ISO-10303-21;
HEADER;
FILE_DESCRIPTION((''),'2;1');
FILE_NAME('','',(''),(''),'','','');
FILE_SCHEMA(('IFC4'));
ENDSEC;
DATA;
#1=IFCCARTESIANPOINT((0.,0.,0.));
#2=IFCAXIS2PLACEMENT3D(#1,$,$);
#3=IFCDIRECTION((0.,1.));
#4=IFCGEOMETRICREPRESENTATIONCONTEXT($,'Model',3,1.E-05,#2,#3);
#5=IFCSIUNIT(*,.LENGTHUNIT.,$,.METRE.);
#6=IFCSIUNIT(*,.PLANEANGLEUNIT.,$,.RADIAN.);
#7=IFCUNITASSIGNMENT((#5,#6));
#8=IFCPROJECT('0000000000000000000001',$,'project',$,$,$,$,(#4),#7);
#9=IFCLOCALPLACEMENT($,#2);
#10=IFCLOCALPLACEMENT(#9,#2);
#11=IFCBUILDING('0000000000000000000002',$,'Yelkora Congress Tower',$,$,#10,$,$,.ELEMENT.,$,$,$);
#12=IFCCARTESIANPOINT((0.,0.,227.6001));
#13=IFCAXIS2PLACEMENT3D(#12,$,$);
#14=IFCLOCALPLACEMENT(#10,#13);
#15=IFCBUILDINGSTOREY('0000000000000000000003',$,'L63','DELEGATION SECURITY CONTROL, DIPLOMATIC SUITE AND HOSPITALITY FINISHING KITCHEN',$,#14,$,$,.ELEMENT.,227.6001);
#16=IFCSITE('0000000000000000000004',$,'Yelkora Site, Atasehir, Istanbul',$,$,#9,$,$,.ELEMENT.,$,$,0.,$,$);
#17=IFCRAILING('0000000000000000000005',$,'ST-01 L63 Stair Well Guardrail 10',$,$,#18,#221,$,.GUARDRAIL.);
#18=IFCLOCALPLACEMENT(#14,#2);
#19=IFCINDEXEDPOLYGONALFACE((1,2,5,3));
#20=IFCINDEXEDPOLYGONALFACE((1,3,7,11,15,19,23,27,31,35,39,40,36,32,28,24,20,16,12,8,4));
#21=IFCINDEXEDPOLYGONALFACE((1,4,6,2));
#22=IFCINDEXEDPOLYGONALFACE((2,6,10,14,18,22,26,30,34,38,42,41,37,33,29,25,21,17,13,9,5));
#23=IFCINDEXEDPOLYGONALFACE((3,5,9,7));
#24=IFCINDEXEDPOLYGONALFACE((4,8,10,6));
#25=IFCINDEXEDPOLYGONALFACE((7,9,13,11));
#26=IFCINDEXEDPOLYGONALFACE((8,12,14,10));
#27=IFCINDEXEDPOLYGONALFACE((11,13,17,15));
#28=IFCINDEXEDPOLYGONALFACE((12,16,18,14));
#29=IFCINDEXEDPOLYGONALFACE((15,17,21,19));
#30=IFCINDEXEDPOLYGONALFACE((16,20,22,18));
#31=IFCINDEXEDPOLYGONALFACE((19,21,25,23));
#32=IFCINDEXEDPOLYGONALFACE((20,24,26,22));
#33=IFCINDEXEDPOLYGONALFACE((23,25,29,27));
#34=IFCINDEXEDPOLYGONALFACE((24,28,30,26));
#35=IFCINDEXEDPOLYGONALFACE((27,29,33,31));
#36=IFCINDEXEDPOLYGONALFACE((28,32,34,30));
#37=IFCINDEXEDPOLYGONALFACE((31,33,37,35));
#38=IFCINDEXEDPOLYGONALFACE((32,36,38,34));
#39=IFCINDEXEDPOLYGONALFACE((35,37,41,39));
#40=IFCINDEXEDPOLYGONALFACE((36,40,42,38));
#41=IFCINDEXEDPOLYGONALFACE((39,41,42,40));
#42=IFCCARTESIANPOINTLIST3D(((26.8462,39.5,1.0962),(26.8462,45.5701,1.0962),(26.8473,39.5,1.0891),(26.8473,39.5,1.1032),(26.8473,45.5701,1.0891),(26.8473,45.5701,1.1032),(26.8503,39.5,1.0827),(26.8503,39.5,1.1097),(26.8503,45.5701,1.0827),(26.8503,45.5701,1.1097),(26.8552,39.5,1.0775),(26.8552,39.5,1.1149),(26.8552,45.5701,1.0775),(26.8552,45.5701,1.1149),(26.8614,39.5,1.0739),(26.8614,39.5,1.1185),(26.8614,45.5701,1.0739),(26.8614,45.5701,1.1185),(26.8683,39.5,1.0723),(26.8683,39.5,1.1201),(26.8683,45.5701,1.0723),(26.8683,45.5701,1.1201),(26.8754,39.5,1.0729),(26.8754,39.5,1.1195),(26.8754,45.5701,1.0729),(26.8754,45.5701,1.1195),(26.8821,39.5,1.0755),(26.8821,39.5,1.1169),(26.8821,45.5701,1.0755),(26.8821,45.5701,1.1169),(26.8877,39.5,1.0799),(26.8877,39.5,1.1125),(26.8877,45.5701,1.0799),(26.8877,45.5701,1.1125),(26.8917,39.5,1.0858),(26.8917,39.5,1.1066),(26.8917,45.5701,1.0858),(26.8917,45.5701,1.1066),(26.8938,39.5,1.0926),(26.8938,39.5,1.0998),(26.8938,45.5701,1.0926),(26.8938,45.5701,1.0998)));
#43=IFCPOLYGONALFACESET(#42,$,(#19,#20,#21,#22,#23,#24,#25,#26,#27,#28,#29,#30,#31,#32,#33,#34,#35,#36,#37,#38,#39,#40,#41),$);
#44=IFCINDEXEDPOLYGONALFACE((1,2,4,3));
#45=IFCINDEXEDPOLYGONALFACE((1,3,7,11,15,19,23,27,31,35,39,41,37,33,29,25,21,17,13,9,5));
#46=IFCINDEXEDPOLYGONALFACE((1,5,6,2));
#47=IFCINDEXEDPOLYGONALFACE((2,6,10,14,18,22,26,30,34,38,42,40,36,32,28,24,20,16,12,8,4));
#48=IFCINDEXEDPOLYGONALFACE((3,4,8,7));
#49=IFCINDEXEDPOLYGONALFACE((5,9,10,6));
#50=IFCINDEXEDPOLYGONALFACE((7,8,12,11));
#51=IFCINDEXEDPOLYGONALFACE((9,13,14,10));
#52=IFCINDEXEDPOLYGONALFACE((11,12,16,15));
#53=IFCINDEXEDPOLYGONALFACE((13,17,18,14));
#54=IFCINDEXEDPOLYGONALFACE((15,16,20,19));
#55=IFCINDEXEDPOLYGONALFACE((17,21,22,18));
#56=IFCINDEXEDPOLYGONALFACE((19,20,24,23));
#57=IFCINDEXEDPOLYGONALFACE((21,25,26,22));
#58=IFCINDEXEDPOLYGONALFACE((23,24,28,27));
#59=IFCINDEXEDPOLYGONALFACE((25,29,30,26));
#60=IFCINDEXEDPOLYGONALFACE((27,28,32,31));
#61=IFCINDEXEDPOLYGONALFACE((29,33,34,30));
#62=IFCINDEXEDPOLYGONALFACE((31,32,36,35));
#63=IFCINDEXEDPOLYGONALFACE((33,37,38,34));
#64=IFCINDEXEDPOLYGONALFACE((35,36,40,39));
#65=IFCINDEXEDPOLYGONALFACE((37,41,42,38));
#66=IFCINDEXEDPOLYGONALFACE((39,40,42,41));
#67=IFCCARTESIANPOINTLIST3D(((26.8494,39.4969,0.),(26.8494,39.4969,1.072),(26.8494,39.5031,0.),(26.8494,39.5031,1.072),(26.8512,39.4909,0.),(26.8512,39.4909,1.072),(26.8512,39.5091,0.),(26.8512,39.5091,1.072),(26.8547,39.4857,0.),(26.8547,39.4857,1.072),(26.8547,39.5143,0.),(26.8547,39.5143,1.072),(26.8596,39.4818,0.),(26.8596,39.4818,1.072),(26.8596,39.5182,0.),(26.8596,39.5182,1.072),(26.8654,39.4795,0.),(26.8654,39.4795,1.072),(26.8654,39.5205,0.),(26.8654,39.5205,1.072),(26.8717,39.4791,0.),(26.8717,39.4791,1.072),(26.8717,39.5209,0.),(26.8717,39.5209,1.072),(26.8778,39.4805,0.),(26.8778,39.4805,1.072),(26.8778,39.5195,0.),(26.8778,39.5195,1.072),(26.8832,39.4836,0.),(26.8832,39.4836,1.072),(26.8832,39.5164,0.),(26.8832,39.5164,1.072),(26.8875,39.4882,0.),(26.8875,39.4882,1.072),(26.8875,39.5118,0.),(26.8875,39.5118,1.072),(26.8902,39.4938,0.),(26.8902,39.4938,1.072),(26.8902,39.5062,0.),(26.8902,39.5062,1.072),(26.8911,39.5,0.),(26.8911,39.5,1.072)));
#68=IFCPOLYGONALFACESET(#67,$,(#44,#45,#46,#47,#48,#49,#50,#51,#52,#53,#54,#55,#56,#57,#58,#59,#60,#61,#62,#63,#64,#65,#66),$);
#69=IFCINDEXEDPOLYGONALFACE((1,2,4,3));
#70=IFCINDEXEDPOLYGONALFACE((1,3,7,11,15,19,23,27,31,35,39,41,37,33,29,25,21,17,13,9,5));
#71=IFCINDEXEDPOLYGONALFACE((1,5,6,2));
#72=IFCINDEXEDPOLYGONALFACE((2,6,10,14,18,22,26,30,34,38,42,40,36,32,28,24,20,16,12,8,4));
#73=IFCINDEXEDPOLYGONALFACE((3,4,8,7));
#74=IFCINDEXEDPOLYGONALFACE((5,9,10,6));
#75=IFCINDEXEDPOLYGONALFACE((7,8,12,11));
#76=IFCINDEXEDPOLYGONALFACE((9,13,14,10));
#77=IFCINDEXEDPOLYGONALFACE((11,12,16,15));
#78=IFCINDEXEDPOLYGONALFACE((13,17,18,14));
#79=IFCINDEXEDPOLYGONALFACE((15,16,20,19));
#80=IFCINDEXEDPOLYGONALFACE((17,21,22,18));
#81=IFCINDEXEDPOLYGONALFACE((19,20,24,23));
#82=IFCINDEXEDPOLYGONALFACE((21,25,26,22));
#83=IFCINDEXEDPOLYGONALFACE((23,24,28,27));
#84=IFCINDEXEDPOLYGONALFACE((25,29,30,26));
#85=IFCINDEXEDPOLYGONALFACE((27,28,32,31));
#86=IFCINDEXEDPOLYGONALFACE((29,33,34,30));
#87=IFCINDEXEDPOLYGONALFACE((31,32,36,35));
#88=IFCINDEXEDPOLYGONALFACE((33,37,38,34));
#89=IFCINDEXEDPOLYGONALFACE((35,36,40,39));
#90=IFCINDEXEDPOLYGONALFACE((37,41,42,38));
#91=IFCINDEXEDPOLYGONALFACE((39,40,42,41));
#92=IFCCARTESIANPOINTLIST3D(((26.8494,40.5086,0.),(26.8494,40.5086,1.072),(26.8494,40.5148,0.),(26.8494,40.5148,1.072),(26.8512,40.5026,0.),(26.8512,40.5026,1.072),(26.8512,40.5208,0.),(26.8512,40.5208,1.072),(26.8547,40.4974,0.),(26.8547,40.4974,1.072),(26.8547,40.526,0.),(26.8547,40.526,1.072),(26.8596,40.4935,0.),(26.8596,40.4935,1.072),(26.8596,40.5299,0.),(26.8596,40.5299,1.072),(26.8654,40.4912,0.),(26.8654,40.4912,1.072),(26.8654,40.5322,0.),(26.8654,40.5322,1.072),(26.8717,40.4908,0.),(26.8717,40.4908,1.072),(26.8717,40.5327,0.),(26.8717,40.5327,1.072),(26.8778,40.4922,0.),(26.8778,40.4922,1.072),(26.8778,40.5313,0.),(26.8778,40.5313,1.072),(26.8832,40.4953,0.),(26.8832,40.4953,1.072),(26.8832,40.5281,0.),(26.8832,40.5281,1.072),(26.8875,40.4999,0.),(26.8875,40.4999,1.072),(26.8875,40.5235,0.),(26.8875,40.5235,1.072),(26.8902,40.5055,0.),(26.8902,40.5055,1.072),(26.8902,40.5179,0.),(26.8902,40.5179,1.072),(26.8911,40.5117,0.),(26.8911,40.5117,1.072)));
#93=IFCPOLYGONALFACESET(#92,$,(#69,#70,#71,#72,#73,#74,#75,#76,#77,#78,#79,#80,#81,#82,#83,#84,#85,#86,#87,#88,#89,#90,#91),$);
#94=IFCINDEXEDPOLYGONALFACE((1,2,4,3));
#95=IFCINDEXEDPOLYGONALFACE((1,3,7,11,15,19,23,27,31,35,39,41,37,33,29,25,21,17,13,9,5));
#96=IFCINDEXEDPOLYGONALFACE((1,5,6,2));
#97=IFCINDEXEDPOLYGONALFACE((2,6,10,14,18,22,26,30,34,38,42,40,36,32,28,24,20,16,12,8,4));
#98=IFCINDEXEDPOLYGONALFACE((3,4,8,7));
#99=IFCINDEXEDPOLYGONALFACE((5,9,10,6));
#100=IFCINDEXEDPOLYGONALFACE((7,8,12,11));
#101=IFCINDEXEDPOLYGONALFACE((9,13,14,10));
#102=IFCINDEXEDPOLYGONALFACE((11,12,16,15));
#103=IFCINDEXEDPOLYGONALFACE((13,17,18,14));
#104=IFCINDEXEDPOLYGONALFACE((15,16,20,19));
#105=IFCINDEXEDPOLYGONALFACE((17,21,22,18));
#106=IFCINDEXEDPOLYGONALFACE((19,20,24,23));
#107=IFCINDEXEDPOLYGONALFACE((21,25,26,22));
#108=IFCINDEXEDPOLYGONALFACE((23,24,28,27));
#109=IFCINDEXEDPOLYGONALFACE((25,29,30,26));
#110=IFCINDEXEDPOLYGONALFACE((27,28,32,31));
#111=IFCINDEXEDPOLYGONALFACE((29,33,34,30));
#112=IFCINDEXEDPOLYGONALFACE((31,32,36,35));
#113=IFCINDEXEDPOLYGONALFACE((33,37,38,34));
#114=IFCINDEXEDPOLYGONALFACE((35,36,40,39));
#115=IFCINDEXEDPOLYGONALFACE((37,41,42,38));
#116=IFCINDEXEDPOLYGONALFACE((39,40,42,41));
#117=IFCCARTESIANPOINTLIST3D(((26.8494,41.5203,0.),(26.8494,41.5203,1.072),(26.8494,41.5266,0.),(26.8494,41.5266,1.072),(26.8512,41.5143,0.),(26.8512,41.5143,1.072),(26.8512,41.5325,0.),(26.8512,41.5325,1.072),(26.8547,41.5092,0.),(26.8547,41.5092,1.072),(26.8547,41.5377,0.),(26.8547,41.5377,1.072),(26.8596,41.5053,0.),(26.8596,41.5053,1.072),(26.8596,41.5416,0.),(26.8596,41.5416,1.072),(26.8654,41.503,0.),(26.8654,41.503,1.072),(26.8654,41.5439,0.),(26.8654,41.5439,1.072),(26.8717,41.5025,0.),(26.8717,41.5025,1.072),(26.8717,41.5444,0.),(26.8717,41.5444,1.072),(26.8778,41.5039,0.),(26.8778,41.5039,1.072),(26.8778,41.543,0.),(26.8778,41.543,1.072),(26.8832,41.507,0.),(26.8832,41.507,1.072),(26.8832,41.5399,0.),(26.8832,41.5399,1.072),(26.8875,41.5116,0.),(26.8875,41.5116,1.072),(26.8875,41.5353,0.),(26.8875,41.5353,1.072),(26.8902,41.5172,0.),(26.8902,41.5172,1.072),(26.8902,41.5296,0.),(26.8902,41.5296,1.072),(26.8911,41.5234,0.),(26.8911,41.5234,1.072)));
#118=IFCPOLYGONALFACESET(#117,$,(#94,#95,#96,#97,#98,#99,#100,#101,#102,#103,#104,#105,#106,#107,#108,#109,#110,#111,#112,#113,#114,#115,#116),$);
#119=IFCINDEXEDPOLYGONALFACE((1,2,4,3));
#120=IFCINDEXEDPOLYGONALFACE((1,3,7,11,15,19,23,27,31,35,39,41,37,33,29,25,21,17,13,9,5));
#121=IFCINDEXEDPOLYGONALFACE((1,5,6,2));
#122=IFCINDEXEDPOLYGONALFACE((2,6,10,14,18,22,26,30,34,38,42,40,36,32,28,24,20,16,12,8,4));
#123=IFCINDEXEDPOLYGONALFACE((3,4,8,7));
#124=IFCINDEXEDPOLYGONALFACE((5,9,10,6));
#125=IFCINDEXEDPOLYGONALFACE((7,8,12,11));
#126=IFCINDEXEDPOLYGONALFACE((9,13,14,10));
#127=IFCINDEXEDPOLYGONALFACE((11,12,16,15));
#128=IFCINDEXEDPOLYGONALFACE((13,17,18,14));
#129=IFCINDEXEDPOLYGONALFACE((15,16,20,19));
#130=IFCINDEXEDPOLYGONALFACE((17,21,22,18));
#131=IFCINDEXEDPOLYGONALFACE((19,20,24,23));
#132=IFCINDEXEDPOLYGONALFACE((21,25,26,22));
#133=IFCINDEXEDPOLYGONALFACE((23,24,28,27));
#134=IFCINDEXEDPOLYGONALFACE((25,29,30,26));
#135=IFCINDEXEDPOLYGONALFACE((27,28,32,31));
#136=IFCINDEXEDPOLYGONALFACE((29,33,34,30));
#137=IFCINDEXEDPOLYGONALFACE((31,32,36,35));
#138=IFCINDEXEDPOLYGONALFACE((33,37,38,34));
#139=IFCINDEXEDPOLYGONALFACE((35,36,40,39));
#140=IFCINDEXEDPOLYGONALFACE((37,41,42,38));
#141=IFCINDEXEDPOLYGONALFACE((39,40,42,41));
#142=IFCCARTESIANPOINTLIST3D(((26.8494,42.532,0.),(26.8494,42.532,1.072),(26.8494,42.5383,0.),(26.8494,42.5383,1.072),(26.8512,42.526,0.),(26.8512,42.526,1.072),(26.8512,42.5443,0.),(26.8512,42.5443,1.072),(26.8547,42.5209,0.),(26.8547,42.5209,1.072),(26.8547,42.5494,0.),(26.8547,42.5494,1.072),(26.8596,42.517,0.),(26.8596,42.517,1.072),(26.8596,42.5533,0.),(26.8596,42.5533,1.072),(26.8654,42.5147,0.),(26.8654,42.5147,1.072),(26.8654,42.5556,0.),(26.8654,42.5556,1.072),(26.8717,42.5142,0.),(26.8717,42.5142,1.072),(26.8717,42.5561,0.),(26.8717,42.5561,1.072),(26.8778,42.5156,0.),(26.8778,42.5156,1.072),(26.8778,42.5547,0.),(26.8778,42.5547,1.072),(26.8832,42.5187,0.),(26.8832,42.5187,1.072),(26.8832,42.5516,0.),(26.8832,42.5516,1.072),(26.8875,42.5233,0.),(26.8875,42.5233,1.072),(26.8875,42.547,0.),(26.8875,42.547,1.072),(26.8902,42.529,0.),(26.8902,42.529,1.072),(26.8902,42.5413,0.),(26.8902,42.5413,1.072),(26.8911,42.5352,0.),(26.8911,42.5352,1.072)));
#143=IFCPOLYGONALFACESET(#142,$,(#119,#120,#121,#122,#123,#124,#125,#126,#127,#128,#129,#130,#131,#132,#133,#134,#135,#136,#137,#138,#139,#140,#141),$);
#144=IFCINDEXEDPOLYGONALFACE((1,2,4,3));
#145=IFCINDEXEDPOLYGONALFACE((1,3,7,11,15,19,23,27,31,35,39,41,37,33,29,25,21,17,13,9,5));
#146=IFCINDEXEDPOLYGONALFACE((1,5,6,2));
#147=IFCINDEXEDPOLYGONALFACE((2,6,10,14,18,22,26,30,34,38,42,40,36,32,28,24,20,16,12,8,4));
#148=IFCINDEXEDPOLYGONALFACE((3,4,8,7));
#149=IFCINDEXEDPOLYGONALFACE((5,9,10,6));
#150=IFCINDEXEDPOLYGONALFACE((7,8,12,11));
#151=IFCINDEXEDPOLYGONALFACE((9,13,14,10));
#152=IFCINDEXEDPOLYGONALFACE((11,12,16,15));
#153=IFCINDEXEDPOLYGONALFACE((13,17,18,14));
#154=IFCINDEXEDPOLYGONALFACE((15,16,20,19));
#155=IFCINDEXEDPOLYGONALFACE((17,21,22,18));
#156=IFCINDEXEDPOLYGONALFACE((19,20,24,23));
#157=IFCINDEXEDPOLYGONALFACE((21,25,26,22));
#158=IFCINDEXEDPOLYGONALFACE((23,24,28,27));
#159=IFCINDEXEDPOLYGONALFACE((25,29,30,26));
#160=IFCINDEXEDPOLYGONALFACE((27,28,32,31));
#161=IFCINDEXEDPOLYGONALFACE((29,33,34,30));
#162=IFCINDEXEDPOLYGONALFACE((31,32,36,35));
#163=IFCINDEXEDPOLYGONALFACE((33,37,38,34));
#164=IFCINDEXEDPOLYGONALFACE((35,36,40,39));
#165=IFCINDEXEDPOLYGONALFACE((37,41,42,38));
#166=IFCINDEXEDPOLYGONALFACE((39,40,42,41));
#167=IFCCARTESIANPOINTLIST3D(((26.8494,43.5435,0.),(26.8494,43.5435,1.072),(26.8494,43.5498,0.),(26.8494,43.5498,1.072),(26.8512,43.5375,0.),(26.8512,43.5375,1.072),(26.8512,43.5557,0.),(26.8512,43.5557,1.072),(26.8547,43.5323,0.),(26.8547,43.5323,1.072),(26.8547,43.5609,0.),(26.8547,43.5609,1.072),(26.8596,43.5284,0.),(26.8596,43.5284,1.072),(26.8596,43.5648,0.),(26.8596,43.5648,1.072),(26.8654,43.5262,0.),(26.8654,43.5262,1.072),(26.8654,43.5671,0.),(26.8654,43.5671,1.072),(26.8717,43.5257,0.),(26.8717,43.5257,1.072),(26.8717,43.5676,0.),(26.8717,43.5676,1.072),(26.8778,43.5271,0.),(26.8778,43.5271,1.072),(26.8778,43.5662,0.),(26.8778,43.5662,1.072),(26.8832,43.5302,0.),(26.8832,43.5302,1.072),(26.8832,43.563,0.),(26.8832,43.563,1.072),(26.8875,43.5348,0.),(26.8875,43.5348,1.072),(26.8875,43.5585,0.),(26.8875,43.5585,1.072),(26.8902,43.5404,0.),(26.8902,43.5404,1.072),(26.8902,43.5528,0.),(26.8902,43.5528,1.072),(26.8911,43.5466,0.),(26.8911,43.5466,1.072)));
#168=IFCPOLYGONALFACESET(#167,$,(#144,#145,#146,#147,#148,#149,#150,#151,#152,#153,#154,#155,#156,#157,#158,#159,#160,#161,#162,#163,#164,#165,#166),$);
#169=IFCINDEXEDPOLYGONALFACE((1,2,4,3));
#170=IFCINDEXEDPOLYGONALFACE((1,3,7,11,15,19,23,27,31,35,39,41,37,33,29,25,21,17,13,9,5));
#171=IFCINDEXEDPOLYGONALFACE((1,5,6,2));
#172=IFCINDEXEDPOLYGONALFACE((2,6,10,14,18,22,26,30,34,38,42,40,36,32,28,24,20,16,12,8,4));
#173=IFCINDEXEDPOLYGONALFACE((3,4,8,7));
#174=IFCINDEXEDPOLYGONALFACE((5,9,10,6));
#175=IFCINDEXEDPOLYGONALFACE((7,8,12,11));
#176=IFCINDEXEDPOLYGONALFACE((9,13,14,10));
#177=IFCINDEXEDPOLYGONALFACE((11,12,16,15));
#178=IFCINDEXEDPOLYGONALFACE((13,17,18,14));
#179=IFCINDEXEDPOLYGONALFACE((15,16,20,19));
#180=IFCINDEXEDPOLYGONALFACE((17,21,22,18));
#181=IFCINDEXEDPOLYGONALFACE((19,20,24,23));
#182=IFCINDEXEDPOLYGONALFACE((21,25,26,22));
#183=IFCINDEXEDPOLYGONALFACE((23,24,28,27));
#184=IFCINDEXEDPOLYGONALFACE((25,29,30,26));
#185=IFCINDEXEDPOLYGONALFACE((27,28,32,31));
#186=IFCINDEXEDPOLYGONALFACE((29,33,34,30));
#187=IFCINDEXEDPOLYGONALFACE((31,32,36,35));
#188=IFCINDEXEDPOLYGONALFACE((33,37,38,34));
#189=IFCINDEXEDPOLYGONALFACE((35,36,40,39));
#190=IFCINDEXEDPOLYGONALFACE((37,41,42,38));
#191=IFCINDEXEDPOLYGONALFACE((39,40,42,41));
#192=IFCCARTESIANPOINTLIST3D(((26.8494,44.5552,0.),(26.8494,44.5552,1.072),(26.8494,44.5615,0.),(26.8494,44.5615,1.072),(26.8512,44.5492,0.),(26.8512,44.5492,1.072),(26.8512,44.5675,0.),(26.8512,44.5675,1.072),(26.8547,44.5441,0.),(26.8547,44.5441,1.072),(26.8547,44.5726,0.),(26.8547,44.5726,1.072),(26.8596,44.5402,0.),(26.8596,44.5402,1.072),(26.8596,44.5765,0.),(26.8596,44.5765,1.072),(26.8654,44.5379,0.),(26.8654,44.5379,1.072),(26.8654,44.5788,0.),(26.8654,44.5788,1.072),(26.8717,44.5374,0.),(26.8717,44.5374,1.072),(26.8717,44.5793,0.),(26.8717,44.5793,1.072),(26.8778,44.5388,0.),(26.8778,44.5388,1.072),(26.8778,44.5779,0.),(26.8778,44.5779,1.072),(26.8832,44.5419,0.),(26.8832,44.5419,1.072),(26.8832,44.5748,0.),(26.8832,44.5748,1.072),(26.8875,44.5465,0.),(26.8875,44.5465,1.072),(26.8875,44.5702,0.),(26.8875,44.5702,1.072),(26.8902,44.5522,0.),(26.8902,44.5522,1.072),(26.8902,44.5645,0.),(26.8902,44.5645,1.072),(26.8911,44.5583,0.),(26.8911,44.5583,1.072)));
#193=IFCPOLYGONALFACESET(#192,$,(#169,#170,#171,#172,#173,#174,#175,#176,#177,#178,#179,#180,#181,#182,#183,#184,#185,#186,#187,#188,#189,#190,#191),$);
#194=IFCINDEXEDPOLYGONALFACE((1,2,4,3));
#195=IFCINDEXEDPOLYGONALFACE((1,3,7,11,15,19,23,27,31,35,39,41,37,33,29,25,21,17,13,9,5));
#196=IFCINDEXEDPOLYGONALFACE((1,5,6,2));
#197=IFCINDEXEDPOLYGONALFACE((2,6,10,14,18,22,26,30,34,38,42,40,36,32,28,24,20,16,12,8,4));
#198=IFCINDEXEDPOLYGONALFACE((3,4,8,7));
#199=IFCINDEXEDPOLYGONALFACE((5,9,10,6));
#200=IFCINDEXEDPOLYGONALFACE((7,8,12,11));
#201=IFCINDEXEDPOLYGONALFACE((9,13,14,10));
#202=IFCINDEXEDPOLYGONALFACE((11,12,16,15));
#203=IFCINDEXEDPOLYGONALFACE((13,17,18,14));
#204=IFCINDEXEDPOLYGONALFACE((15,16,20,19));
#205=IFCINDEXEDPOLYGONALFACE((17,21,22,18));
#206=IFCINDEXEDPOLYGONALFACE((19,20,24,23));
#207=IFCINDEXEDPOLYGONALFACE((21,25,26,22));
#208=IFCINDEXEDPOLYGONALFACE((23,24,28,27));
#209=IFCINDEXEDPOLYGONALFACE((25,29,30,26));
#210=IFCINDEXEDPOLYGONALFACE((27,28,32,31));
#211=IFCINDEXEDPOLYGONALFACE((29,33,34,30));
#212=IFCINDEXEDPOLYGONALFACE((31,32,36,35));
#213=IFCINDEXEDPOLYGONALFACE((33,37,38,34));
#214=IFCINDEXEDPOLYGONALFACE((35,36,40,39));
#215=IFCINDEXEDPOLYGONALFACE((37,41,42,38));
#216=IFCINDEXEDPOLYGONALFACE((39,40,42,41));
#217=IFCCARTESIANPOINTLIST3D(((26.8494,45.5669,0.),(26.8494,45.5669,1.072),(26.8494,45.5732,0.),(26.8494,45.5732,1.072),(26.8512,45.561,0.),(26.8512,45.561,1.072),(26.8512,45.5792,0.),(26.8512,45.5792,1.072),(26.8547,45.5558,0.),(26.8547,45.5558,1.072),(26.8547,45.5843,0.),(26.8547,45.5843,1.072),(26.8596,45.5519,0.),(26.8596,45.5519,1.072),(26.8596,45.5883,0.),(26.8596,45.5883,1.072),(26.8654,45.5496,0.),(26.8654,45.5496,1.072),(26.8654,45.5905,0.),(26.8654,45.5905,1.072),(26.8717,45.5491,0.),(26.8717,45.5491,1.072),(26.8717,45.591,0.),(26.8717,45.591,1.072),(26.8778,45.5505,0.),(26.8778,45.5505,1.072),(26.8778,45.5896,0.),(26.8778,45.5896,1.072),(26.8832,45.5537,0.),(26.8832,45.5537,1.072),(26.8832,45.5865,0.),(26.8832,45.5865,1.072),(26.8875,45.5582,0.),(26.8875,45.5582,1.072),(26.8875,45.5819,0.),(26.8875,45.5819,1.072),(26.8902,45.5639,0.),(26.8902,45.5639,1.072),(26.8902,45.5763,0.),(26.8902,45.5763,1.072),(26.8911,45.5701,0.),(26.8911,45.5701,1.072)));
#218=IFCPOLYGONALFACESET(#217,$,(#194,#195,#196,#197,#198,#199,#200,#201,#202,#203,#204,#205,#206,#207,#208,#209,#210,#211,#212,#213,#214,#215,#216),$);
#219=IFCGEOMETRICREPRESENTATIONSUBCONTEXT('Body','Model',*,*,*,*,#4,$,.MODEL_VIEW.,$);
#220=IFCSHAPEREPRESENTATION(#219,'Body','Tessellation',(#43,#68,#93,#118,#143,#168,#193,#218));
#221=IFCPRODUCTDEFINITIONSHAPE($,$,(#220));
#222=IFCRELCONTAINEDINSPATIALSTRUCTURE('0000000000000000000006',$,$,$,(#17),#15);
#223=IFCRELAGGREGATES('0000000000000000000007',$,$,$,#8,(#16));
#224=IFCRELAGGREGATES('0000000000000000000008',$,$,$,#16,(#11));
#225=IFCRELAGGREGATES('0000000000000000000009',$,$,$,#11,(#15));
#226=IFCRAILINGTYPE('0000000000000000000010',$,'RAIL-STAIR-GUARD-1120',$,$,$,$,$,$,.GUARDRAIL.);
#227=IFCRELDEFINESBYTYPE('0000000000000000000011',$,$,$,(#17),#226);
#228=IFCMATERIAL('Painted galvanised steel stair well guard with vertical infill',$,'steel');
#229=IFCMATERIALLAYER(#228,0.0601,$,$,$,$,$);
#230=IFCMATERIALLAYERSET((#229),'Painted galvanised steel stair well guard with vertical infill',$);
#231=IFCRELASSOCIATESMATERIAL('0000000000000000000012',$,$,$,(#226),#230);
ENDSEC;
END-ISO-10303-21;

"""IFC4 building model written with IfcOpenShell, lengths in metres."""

from ifc_helpers import new_model, si_unit, direction, frame, origin, origin_2d, place, context, subcontext, project, spatial, circle, extrude, material, layer, layer_set, type_object, element, save


model = new_model("IFC4")

# Units and contexts
model_context = context("Model", 3, precision=1e-05, world=origin(), true_north=direction((0.0, 1.0)))
body_context = subcontext(model_context, "Body", "Model", "MODEL_VIEW")
ifc_project = project(units=[si_unit("LENGTHUNIT", "METRE"), si_unit("PLANEANGLEUNIT", "RADIAN")], contexts=[model_context])

# Site, building, storey
site_placement = place(None, origin())
site = spatial("IfcSite", under=ifc_project, at=site_placement, Name="Yelkora Site, Atasehir, Istanbul", CompositionType="ELEMENT", RefElevation=0.0)
building_placement = place(site_placement, origin())
building = spatial("IfcBuilding", under=site, at=building_placement, Name="Yelkora Congress Tower", CompositionType="ELEMENT")
storey_placement = place(building_placement, frame((0.0, 0.0, 227.6001)))
storey = spatial("IfcBuildingStorey", under=building, at=storey_placement, Name="L63", Description="DELEGATION SECURITY CONTROL, DIPLOMATIC SUITE AND HOSPITALITY FINISHING KITCHEN", CompositionType="ELEMENT", Elevation=227.6001)

# Railing
ifc_material_1 = material(Name="Painted galvanised steel stair well guard with vertical infill", Category="steel")
ifc_layer_1 = layer(ifc_material_1, 0.0601)
ifc_layer_set_1 = layer_set([ifc_layer_1], Name="Painted galvanised steel stair well guard with vertical infill")
railing_type_1 = type_object("IfcRailingType", Name="RAIL-STAIR-GUARD-1120", PredefinedType="GUARDRAIL", material=ifc_layer_set_1)
railing_1_placement = place(storey_placement, frame((26.8701, 39.5, 0.0)))
element("IfcRailing", 1, at=railing_1_placement, inside=storey, type_object=railing_type_1, Name="ST-01 L63 Stair Well Guardrail 10", PredefinedType="GUARDRAIL", context=body_context, shape_type="SweptSolid", body=[
    extrude(circle(Radius=0.0239, at=origin_2d()), frame((0.0, 0.0, 1.0962), z_axis=(0.0, 1.0, 0.0), x_axis=(-1.0, 0.0, 0.0)), (0.0, 0.0, 1.0), 6.0701),
    extrude(circle(Radius=0.021, at=origin_2d()), origin(), (0.0, 0.0, 1.0), 1.072),
    extrude(circle(Radius=0.021, at=origin_2d()), frame((0.0, 1.0117, 0.0)), (0.0, 0.0, 1.0), 1.072),
    extrude(circle(Radius=0.021, at=origin_2d()), frame((0.0, 2.0234, 0.0)), (0.0, 0.0, 1.0), 1.072),
    extrude(circle(Radius=0.021, at=origin_2d()), frame((0.0, 3.0352, 0.0)), (0.0, 0.0, 1.0), 1.072),
    extrude(circle(Radius=0.021, at=origin_2d()), frame((0.0, 4.0466, 0.0)), (0.0, 0.0, 1.0), 1.072),
    extrude(circle(Radius=0.021, at=origin_2d()), frame((0.0, 5.0583, 0.0)), (0.0, 0.0, 1.0), 1.072),
    extrude(circle(Radius=0.021, at=origin_2d()), frame((0.0, 6.0701, 0.0)), (0.0, 0.0, 1.0), 1.072),
])

save(model, "model.ifc")
